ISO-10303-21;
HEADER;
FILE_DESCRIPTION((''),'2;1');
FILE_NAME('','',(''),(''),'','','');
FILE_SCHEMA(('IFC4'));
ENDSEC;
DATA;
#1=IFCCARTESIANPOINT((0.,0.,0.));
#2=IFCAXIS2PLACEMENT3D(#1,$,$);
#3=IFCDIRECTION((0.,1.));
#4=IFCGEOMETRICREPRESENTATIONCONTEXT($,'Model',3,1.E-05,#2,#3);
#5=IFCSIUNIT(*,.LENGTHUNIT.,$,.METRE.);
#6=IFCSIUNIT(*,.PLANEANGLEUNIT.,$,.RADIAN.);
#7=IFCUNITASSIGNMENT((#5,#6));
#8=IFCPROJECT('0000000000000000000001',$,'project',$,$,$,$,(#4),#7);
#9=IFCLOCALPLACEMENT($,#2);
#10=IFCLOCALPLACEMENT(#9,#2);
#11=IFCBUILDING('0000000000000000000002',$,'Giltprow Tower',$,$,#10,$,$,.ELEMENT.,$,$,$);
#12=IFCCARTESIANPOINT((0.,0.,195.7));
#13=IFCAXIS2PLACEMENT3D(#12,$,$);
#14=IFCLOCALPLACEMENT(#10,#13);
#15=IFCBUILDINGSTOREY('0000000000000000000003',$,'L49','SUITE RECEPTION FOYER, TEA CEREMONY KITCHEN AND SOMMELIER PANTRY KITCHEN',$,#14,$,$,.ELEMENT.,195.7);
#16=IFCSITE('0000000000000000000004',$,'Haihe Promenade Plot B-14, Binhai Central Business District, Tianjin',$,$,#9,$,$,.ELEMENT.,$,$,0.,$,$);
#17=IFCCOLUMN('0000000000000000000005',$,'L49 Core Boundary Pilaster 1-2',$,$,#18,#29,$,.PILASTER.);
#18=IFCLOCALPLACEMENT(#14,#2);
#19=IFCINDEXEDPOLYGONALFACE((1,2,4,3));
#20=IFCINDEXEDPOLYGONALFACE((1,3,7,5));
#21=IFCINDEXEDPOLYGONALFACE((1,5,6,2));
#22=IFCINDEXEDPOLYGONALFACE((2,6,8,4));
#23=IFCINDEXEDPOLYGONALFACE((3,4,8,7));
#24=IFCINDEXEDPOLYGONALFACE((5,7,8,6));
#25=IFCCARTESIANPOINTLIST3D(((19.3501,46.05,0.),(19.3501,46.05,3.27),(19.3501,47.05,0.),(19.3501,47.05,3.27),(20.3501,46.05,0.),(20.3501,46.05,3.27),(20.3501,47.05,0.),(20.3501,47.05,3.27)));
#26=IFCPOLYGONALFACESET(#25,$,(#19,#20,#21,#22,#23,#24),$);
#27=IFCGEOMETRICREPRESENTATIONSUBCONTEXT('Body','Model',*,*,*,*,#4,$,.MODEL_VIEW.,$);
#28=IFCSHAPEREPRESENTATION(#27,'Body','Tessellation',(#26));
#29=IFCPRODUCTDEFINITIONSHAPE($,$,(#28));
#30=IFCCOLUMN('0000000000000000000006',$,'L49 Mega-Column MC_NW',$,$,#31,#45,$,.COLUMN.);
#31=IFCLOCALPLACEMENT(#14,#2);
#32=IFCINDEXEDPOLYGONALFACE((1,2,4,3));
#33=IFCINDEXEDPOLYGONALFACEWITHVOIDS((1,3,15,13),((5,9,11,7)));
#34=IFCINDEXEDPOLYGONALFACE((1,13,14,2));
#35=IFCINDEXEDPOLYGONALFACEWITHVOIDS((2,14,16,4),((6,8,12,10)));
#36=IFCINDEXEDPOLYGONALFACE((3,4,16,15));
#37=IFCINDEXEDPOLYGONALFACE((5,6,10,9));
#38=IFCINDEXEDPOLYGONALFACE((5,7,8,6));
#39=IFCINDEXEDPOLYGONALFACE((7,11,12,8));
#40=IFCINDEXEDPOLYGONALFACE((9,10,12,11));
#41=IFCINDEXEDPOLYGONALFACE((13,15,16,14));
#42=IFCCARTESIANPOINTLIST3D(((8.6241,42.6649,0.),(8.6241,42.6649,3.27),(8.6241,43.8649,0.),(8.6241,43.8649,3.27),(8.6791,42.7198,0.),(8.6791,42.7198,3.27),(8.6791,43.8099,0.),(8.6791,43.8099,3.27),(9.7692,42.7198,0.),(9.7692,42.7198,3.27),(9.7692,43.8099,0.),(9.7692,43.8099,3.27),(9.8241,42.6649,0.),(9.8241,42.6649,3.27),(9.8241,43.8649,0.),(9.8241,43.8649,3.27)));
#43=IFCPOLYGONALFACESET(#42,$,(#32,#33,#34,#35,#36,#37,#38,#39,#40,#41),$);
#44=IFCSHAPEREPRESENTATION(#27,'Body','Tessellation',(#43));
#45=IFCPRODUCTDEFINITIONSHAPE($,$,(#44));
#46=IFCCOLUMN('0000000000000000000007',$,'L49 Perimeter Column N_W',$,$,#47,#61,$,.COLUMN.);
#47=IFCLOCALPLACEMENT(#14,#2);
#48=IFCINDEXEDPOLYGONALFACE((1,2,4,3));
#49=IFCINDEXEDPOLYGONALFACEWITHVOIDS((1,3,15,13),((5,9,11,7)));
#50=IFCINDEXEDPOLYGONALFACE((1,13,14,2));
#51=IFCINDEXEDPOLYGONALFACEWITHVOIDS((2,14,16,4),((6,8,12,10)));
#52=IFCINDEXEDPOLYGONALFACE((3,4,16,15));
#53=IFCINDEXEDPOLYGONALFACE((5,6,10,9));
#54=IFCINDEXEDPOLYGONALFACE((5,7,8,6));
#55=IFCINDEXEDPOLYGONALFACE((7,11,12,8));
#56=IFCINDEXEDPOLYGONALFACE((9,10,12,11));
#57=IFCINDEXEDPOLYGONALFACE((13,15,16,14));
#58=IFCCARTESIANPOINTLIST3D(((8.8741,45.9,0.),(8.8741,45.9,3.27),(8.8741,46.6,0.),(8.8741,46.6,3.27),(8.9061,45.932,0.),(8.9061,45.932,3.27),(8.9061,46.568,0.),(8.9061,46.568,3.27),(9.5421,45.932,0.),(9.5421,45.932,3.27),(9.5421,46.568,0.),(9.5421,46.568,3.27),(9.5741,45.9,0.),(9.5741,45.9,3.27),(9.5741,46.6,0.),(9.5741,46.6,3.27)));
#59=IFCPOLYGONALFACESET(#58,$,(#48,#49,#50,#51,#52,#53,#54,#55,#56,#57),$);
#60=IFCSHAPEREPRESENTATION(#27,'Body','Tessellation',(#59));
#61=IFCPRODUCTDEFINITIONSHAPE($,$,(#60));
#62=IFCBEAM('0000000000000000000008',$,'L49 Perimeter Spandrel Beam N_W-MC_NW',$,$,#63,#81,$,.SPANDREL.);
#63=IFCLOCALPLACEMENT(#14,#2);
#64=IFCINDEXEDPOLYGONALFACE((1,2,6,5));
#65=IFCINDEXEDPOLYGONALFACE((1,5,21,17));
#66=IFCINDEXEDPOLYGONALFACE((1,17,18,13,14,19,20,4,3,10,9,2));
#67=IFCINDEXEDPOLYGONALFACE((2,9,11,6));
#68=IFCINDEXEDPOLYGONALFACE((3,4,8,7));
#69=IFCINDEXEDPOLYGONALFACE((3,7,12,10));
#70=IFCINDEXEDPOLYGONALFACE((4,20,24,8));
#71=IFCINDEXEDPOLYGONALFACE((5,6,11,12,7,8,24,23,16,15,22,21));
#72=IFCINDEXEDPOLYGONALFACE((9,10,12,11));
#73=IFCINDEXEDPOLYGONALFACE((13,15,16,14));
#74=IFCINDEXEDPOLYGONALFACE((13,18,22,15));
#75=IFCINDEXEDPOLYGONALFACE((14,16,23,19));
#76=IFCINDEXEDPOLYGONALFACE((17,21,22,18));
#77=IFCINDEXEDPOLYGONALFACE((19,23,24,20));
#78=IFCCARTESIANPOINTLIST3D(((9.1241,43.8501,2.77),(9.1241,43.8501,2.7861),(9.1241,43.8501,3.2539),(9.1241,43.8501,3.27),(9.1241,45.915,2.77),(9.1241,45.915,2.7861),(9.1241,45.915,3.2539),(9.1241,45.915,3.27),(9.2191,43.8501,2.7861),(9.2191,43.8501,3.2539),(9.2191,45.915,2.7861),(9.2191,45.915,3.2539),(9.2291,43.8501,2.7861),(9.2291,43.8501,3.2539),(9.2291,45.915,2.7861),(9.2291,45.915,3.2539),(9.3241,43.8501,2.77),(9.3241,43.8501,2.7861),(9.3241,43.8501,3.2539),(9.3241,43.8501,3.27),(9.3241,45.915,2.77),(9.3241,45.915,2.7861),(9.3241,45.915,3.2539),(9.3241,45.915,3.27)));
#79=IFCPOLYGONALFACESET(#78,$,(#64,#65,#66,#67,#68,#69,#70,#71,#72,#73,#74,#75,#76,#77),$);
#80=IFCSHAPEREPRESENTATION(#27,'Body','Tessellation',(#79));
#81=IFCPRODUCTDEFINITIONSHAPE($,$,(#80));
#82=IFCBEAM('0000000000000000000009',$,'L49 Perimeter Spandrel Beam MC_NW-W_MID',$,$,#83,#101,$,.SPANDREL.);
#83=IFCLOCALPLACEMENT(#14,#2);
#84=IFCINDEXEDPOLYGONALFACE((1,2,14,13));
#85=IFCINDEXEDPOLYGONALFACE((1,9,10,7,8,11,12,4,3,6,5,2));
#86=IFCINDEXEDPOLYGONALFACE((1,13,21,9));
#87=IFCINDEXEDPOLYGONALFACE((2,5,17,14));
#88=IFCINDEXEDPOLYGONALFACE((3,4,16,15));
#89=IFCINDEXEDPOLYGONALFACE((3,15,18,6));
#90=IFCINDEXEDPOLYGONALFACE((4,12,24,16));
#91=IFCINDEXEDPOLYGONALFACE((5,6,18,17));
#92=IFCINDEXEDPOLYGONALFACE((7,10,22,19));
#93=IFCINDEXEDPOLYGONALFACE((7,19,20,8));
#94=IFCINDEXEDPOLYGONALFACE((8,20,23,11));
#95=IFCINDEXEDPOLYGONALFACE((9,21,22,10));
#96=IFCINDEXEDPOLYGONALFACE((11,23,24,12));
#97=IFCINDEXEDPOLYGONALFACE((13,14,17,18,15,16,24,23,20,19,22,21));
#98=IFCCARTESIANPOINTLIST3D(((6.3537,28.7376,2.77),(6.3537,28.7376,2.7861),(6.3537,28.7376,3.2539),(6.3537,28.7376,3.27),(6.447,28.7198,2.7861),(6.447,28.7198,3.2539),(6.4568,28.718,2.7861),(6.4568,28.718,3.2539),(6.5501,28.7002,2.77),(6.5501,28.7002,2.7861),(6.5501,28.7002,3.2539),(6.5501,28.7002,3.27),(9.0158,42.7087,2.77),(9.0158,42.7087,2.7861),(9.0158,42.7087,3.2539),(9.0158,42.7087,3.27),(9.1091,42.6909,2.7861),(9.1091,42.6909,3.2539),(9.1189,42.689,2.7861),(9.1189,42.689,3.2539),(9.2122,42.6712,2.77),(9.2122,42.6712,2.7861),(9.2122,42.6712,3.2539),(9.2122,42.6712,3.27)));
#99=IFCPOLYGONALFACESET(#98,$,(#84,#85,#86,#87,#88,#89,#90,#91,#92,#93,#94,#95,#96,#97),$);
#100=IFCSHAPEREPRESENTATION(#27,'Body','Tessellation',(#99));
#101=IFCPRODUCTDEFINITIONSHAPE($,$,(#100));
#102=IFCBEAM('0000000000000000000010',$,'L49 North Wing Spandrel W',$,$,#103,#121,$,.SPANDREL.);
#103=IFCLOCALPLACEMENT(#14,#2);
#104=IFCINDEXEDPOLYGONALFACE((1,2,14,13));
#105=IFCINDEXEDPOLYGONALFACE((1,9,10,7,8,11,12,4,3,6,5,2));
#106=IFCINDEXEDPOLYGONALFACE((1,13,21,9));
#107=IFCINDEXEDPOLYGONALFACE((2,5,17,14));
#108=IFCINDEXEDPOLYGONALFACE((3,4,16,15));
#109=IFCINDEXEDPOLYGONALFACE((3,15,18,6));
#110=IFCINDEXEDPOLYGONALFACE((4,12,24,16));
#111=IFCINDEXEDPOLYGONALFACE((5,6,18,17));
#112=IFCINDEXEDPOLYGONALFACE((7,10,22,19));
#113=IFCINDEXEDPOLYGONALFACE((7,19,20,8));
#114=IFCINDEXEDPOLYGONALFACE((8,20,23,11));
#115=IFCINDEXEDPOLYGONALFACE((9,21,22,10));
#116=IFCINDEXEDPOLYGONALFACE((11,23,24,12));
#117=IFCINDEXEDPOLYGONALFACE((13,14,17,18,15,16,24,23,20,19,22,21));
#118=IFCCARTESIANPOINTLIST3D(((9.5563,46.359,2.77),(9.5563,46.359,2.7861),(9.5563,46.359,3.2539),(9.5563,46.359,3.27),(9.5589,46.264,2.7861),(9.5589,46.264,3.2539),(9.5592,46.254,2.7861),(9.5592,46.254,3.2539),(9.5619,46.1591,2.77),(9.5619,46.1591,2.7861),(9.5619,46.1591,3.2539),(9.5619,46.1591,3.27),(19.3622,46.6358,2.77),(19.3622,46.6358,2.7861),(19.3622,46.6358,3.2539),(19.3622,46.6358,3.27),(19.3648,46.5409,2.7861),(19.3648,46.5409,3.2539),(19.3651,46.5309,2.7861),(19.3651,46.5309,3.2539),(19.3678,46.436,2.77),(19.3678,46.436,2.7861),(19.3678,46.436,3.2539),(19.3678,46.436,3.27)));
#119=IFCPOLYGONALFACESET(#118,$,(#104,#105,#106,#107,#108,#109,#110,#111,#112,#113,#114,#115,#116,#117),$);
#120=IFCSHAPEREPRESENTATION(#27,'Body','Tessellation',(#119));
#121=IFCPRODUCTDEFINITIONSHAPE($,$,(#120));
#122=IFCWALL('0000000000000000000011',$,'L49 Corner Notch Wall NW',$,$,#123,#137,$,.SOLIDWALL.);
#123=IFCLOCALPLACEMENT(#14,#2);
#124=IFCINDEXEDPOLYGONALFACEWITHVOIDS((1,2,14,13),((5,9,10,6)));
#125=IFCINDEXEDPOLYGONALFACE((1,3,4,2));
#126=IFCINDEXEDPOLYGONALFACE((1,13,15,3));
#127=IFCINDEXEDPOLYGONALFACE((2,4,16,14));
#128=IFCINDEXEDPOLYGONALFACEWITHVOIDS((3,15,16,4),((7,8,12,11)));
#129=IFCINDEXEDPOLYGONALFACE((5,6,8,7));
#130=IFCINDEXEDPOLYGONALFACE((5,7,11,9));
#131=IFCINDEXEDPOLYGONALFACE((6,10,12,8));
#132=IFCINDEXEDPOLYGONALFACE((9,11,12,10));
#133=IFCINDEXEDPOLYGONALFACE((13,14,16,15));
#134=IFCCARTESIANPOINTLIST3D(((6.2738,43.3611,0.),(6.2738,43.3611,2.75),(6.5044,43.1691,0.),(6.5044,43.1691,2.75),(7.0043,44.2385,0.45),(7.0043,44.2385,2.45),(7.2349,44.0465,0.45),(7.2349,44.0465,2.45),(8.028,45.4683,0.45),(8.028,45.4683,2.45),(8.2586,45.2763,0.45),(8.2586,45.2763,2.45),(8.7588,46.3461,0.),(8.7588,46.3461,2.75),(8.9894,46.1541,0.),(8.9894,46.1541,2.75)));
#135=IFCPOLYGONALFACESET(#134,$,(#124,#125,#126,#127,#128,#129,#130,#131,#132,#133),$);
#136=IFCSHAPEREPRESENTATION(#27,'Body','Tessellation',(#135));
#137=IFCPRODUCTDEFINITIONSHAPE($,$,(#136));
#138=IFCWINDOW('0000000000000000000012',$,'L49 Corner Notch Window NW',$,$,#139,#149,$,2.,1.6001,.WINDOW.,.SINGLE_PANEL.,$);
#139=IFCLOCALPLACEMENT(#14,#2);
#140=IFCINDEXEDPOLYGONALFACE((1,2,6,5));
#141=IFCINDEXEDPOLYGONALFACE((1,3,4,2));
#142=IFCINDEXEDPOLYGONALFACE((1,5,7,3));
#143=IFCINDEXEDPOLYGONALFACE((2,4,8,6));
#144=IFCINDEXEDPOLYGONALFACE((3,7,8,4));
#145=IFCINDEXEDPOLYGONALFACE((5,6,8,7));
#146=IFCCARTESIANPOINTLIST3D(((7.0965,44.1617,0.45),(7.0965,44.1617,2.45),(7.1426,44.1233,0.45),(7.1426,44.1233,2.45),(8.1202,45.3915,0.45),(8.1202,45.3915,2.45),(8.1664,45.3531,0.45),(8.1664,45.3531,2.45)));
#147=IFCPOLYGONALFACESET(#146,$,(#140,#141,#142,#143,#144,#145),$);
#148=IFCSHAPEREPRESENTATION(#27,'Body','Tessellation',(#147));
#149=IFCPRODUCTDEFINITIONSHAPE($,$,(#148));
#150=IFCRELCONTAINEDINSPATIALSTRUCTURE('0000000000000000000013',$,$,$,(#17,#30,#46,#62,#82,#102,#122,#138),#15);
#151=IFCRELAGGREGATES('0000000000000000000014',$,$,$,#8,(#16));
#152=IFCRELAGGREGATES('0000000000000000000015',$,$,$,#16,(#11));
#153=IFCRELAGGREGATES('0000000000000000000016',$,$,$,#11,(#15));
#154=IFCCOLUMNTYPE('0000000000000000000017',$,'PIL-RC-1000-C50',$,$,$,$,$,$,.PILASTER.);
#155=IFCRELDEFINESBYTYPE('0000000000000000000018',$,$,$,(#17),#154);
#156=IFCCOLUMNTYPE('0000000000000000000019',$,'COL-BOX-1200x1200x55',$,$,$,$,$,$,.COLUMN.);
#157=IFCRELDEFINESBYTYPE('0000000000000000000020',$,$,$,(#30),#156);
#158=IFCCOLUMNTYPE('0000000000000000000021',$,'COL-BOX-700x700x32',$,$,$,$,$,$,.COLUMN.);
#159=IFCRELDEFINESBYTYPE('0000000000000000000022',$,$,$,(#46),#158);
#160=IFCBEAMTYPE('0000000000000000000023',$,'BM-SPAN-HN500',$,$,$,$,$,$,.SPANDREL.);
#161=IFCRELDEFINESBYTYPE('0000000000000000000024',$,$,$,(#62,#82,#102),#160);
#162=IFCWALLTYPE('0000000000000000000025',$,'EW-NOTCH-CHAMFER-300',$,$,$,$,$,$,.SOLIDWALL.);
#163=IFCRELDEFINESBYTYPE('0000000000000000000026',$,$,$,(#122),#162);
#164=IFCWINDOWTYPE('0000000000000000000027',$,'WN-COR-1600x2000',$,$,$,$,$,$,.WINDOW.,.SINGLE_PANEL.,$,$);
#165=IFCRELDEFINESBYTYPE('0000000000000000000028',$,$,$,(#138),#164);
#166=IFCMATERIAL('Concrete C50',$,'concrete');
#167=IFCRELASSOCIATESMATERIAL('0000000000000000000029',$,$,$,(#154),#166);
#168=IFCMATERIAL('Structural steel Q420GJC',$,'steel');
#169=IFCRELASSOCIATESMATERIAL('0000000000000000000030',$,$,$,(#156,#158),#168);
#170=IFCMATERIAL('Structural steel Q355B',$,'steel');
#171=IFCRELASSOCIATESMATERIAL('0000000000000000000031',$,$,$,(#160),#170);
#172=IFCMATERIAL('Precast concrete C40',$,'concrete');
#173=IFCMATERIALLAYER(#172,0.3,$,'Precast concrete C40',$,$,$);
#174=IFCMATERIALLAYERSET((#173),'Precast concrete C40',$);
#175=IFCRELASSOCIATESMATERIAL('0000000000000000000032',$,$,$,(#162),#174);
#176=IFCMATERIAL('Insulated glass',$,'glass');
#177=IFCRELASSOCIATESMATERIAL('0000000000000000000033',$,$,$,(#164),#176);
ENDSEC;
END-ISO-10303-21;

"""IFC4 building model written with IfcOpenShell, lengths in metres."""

from ifc_helpers import new_model, si_unit, direction, frame, frame_2d, origin, origin_2d, place, context, subcontext, project, spatial, rectangle, hollow_rectangle, i_section, extrude, source, transform, mapped, material, layer, layer_set, material_profile, profile_set, type_object, element, fill, save


model = new_model("IFC4")

# Units and contexts
model_context = context("Model", 3, precision=1e-05, world=origin(), true_north=direction((0.0, 1.0)))
body_context = subcontext(model_context, "Body", "Model", "MODEL_VIEW")
ifc_project = project(units=[si_unit("LENGTHUNIT", "METRE"), si_unit("PLANEANGLEUNIT", "RADIAN")], contexts=[model_context])

# Site, building, storey
site_placement = place(None, origin())
site = spatial("IfcSite", under=ifc_project, at=site_placement, Name="Haihe Promenade Plot B-14, Binhai Central Business District, Tianjin", CompositionType="ELEMENT", RefElevation=0.0)
building_placement = place(site_placement, origin())
building = spatial("IfcBuilding", under=site, at=building_placement, Name="Giltprow Tower", CompositionType="ELEMENT")
storey_placement = place(building_placement, frame((0.0, 0.0, 195.7)))
storey = spatial("IfcBuildingStorey", under=building, at=storey_placement, Name="L49", Description="SUITE RECEPTION FOYER, TEA CEREMONY KITCHEN AND SOMMELIER PANTRY KITCHEN", CompositionType="ELEMENT", Elevation=195.7)

# Columns
ifc_material_1 = material(Name="Concrete C50", Category="concrete")
ifc_material_profile_1 = material_profile(ifc_material_1, rectangle(XDim=1.0, YDim=1.0, at=origin_2d()), Name="RC 1000x1000")
ifc_profile_set_1 = profile_set([ifc_material_profile_1], Name="Concrete C50")
column_type_1 = type_object("IfcColumnType", Name="PIL-RC-1000-C50", PredefinedType="PILASTER", material=ifc_profile_set_1)
shared_shape_1 = source(origin(), body_context, "Body", "SweptSolid", [
    extrude(rectangle(XDim=1.0, YDim=1.0, at=origin_2d()), origin(), (0.0, 0.0, 1.0), 3.27),
])
column_1_placement = place(storey_placement, frame((19.8501, 46.55, 0.0), z_axis=(0.0, 0.0, 1.0), x_axis=(1.0, 0.0, 0.0)))
element("IfcColumn", 1, at=column_1_placement, inside=storey, type_object=column_type_1, Name="L49 Core Boundary Pilaster 1-2", PredefinedType="PILASTER", context=body_context, shape_type="MappedRepresentation", body=[
    mapped(shared_shape_1, transform((0.0, 0.0, 0.0), x_axis=(1.0, 0.0, 0.0), y_axis=(0.0, 1.0, 0.0), z_axis=(0.0, 0.0, 1.0), scale=1.0)),
])
ifc_material_2 = material(Name="Structural steel Q420GJC", Category="steel")
ifc_material_profile_2 = material_profile(ifc_material_2, hollow_rectangle(XDim=1.2, YDim=1.2, WallThickness=0.0549, at=origin_2d()), Name="BOX 1200x1200x55")
ifc_profile_set_2 = profile_set([ifc_material_profile_2], Name="Structural steel Q420GJC")
column_type_2 = type_object("IfcColumnType", Name="COL-BOX-1200x1200x55", PredefinedType="COLUMN", material=ifc_profile_set_2)
shared_shape_2 = source(origin(), body_context, "Body", "SweptSolid", [
    extrude(hollow_rectangle(XDim=1.2, YDim=1.2, WallThickness=0.0549, at=origin_2d()), origin(), (0.0, 0.0, 1.0), 3.27),
])
column_2_placement = place(storey_placement, frame((9.2241, 43.2649, 0.0), z_axis=(0.0, 0.0, 1.0), x_axis=(1.0, 0.0, 0.0)))
element("IfcColumn", 2, at=column_2_placement, inside=storey, type_object=column_type_2, Name="L49 Mega-Column MC_NW", PredefinedType="COLUMN", context=body_context, shape_type="MappedRepresentation", body=[
    mapped(shared_shape_2, transform((0.0, 0.0, 0.0), x_axis=(1.0, 0.0, 0.0), y_axis=(0.0, 1.0, 0.0), z_axis=(0.0, 0.0, 1.0), scale=1.0)),
])
ifc_material_profile_3 = material_profile(ifc_material_2, hollow_rectangle(XDim=0.7, YDim=0.7, WallThickness=0.032, at=origin_2d()), Name="BOX 700x700x32")
ifc_profile_set_3 = profile_set([ifc_material_profile_3], Name="Structural steel Q420GJC")
column_type_3 = type_object("IfcColumnType", Name="COL-BOX-700x700x32", PredefinedType="COLUMN", material=ifc_profile_set_3)
shared_shape_3 = source(origin(), body_context, "Body", "SweptSolid", [
    extrude(hollow_rectangle(XDim=0.7, YDim=0.7, WallThickness=0.032, at=origin_2d()), origin(), (0.0, 0.0, 1.0), 3.27),
])
column_3_placement = place(storey_placement, frame((9.2241, 46.25, 0.0), z_axis=(0.0, 0.0, 1.0), x_axis=(1.0, 0.0, 0.0)))
element("IfcColumn", 3, at=column_3_placement, inside=storey, type_object=column_type_3, Name="L49 Perimeter Column N_W", PredefinedType="COLUMN", context=body_context, shape_type="MappedRepresentation", body=[
    mapped(shared_shape_3, transform((0.0, 0.0, 0.0), x_axis=(1.0, 0.0, 0.0), y_axis=(0.0, 1.0, 0.0), z_axis=(0.0, 0.0, 1.0), scale=1.0)),
])

# Beams
ifc_material_3 = material(Name="Structural steel Q355B", Category="steel")
ifc_material_profile_4 = material_profile(ifc_material_3, i_section(OverallWidth=0.2, OverallDepth=0.5, WebThickness=0.01, FlangeThickness=0.0161, at=origin_2d()), Name="HN 500x200x10x16")
ifc_profile_set_4 = profile_set([ifc_material_profile_4], Name="Structural steel Q355B")
beam_type = type_object("IfcBeamType", Name="BM-SPAN-HN500", PredefinedType="SPANDREL", material=ifc_profile_set_4)
shared_shape_4 = source(origin(), body_context, "Body", "SweptSolid", [
    extrude(i_section(OverallWidth=0.2, OverallDepth=0.5, WebThickness=0.01, FlangeThickness=0.0161, at=origin_2d()), origin(), (0.0, 0.0, 1.0), 2.0649),
])
beam_1_placement = place(storey_placement, frame((9.2241, 45.915, 3.02), z_axis=(0.0, -1.0, 0.0), x_axis=(1.0, 0.0, 0.0)))
element("IfcBeam", 4, at=beam_1_placement, inside=storey, type_object=beam_type, Name="L49 Perimeter Spandrel Beam N_W-MC_NW", PredefinedType="SPANDREL", context=body_context, shape_type="MappedRepresentation", body=[
    mapped(shared_shape_4, transform((0.0, 0.0, 0.0), x_axis=(1.0, 0.0, 0.0), y_axis=(0.0, 1.0, 0.0), z_axis=(0.0, 0.0, 1.0), scale=1.0)),
])
shared_shape_5 = source(origin(), body_context, "Body", "SweptSolid", [
    extrude(i_section(OverallWidth=0.2, OverallDepth=0.5, WebThickness=0.01, FlangeThickness=0.0161, at=origin_2d()), origin(), (0.0, 0.0, 1.0), 14.2224),
])
beam_2_placement = place(storey_placement, frame((9.114, 42.6899, 3.02), z_axis=(-0.187178, -0.982326, 0.0), x_axis=(0.982326, -0.187178, 0.0)))
element("IfcBeam", 5, at=beam_2_placement, inside=storey, type_object=beam_type, Name="L49 Perimeter Spandrel Beam MC_NW-W_MID", PredefinedType="SPANDREL", context=body_context, shape_type="MappedRepresentation", body=[
    mapped(shared_shape_5, transform((0.0, 0.0, 0.0), x_axis=(1.0, 0.0, 0.0), y_axis=(0.0, 1.0, 0.0), z_axis=(0.0, 0.0, 1.0), scale=1.0)),
])
shared_shape_6 = source(origin(), body_context, "Body", "SweptSolid", [
    extrude(i_section(OverallWidth=0.2, OverallDepth=0.5, WebThickness=0.01, FlangeThickness=0.0161, at=origin_2d()), origin(), (0.0, 0.0, 1.0), 9.8098),
])
beam_3_placement = place(storey_placement, frame((9.5591, 46.259, 3.02), z_axis=(0.999602, 0.028222, 0.0), x_axis=(-0.028222, 0.999602, 0.0)))
element("IfcBeam", 6, at=beam_3_placement, inside=storey, type_object=beam_type, Name="L49 North Wing Spandrel W", PredefinedType="SPANDREL", context=body_context, shape_type="MappedRepresentation", body=[
    mapped(shared_shape_6, transform((0.0, 0.0, 0.0), x_axis=(1.0, 0.0, 0.0), y_axis=(0.0, 1.0, 0.0), z_axis=(0.0, 0.0, 1.0), scale=1.0)),
])

# Wall, opening, window
ifc_material_4 = material(Name="Precast concrete C40", Category="concrete")
ifc_layer_1 = layer(ifc_material_4, 0.3, Name="Precast concrete C40")
ifc_layer_set_1 = layer_set([ifc_layer_1], Name="Precast concrete C40")
wall_type_1 = type_object("IfcWallType", Name="EW-NOTCH-CHAMFER-300", PredefinedType="SOLIDWALL", material=ifc_layer_set_1)
wall_1_placement = place(storey_placement, frame((8.874, 46.25, 0.0), z_axis=(0.0, 0.0, 1.0), x_axis=(-0.639807, -0.768535, 0.0)))
wall_1 = element("IfcWall", 7, at=wall_1_placement, inside=storey, type_object=wall_type_1, Name="L49 Corner Notch Wall NW", PredefinedType="SOLIDWALL", context=body_context, shape_type="SweptSolid", body=[
    extrude(rectangle(XDim=3.884, YDim=0.3, at=frame_2d((1.9419, 0.0))), origin(), (0.0, 0.0, 1.0), 2.75),
])
opening_1_placement = place(wall_1_placement, frame((1.1421, 0.0, 0.45)))
opening_1 = element("IfcOpeningElement", 8, at=opening_1_placement, cuts=wall_1, PredefinedType="OPENING", context=body_context, shape_type="SweptSolid", body=[
    extrude(rectangle(XDim=1.6001, YDim=2.0, at=frame_2d((0.8, 1.0))), frame((0.0, 0.1599, 0.0), z_axis=(0.0, -1.0, 0.0), x_axis=(1.0, 0.0, 0.0)), (0.0, 0.0, 1.0), 0.3201),
])
ifc_material_5 = material(Name="Insulated glass", Category="glass")
window_type = type_object("IfcWindowType", Name="WN-COR-1600x2000", PartitioningType="SINGLE_PANEL", PredefinedType="WINDOW", material=ifc_material_5)
shared_shape_7 = source(origin(), body_context, "Body", "SweptSolid", [
    extrude(rectangle(XDim=1.6001, YDim=2.0, at=frame_2d((0.8, 1.0))), frame((0.0, 0.03, 0.0), z_axis=(0.0, -1.0, 0.0), x_axis=(1.0, 0.0, 0.0)), (0.0, 0.0, 1.0), 0.0601),
])
window_1_placement = place(opening_1_placement, origin())
window_1 = element("IfcWindow", 9, at=window_1_placement, inside=storey, type_object=window_type, Name="L49 Corner Notch Window NW", OverallHeight=2.0, OverallWidth=1.6001, PartitioningType="SINGLE_PANEL", PredefinedType="WINDOW", context=body_context, shape_type="MappedRepresentation", body=[
    mapped(shared_shape_7, transform((0.0, 0.0, 0.0), x_axis=(1.0, 0.0, 0.0), y_axis=(0.0, 1.0, 0.0), z_axis=(0.0, 0.0, 1.0), scale=1.0)),
])
fill(opening_1, window_1)

save(model, "model.ifc")
